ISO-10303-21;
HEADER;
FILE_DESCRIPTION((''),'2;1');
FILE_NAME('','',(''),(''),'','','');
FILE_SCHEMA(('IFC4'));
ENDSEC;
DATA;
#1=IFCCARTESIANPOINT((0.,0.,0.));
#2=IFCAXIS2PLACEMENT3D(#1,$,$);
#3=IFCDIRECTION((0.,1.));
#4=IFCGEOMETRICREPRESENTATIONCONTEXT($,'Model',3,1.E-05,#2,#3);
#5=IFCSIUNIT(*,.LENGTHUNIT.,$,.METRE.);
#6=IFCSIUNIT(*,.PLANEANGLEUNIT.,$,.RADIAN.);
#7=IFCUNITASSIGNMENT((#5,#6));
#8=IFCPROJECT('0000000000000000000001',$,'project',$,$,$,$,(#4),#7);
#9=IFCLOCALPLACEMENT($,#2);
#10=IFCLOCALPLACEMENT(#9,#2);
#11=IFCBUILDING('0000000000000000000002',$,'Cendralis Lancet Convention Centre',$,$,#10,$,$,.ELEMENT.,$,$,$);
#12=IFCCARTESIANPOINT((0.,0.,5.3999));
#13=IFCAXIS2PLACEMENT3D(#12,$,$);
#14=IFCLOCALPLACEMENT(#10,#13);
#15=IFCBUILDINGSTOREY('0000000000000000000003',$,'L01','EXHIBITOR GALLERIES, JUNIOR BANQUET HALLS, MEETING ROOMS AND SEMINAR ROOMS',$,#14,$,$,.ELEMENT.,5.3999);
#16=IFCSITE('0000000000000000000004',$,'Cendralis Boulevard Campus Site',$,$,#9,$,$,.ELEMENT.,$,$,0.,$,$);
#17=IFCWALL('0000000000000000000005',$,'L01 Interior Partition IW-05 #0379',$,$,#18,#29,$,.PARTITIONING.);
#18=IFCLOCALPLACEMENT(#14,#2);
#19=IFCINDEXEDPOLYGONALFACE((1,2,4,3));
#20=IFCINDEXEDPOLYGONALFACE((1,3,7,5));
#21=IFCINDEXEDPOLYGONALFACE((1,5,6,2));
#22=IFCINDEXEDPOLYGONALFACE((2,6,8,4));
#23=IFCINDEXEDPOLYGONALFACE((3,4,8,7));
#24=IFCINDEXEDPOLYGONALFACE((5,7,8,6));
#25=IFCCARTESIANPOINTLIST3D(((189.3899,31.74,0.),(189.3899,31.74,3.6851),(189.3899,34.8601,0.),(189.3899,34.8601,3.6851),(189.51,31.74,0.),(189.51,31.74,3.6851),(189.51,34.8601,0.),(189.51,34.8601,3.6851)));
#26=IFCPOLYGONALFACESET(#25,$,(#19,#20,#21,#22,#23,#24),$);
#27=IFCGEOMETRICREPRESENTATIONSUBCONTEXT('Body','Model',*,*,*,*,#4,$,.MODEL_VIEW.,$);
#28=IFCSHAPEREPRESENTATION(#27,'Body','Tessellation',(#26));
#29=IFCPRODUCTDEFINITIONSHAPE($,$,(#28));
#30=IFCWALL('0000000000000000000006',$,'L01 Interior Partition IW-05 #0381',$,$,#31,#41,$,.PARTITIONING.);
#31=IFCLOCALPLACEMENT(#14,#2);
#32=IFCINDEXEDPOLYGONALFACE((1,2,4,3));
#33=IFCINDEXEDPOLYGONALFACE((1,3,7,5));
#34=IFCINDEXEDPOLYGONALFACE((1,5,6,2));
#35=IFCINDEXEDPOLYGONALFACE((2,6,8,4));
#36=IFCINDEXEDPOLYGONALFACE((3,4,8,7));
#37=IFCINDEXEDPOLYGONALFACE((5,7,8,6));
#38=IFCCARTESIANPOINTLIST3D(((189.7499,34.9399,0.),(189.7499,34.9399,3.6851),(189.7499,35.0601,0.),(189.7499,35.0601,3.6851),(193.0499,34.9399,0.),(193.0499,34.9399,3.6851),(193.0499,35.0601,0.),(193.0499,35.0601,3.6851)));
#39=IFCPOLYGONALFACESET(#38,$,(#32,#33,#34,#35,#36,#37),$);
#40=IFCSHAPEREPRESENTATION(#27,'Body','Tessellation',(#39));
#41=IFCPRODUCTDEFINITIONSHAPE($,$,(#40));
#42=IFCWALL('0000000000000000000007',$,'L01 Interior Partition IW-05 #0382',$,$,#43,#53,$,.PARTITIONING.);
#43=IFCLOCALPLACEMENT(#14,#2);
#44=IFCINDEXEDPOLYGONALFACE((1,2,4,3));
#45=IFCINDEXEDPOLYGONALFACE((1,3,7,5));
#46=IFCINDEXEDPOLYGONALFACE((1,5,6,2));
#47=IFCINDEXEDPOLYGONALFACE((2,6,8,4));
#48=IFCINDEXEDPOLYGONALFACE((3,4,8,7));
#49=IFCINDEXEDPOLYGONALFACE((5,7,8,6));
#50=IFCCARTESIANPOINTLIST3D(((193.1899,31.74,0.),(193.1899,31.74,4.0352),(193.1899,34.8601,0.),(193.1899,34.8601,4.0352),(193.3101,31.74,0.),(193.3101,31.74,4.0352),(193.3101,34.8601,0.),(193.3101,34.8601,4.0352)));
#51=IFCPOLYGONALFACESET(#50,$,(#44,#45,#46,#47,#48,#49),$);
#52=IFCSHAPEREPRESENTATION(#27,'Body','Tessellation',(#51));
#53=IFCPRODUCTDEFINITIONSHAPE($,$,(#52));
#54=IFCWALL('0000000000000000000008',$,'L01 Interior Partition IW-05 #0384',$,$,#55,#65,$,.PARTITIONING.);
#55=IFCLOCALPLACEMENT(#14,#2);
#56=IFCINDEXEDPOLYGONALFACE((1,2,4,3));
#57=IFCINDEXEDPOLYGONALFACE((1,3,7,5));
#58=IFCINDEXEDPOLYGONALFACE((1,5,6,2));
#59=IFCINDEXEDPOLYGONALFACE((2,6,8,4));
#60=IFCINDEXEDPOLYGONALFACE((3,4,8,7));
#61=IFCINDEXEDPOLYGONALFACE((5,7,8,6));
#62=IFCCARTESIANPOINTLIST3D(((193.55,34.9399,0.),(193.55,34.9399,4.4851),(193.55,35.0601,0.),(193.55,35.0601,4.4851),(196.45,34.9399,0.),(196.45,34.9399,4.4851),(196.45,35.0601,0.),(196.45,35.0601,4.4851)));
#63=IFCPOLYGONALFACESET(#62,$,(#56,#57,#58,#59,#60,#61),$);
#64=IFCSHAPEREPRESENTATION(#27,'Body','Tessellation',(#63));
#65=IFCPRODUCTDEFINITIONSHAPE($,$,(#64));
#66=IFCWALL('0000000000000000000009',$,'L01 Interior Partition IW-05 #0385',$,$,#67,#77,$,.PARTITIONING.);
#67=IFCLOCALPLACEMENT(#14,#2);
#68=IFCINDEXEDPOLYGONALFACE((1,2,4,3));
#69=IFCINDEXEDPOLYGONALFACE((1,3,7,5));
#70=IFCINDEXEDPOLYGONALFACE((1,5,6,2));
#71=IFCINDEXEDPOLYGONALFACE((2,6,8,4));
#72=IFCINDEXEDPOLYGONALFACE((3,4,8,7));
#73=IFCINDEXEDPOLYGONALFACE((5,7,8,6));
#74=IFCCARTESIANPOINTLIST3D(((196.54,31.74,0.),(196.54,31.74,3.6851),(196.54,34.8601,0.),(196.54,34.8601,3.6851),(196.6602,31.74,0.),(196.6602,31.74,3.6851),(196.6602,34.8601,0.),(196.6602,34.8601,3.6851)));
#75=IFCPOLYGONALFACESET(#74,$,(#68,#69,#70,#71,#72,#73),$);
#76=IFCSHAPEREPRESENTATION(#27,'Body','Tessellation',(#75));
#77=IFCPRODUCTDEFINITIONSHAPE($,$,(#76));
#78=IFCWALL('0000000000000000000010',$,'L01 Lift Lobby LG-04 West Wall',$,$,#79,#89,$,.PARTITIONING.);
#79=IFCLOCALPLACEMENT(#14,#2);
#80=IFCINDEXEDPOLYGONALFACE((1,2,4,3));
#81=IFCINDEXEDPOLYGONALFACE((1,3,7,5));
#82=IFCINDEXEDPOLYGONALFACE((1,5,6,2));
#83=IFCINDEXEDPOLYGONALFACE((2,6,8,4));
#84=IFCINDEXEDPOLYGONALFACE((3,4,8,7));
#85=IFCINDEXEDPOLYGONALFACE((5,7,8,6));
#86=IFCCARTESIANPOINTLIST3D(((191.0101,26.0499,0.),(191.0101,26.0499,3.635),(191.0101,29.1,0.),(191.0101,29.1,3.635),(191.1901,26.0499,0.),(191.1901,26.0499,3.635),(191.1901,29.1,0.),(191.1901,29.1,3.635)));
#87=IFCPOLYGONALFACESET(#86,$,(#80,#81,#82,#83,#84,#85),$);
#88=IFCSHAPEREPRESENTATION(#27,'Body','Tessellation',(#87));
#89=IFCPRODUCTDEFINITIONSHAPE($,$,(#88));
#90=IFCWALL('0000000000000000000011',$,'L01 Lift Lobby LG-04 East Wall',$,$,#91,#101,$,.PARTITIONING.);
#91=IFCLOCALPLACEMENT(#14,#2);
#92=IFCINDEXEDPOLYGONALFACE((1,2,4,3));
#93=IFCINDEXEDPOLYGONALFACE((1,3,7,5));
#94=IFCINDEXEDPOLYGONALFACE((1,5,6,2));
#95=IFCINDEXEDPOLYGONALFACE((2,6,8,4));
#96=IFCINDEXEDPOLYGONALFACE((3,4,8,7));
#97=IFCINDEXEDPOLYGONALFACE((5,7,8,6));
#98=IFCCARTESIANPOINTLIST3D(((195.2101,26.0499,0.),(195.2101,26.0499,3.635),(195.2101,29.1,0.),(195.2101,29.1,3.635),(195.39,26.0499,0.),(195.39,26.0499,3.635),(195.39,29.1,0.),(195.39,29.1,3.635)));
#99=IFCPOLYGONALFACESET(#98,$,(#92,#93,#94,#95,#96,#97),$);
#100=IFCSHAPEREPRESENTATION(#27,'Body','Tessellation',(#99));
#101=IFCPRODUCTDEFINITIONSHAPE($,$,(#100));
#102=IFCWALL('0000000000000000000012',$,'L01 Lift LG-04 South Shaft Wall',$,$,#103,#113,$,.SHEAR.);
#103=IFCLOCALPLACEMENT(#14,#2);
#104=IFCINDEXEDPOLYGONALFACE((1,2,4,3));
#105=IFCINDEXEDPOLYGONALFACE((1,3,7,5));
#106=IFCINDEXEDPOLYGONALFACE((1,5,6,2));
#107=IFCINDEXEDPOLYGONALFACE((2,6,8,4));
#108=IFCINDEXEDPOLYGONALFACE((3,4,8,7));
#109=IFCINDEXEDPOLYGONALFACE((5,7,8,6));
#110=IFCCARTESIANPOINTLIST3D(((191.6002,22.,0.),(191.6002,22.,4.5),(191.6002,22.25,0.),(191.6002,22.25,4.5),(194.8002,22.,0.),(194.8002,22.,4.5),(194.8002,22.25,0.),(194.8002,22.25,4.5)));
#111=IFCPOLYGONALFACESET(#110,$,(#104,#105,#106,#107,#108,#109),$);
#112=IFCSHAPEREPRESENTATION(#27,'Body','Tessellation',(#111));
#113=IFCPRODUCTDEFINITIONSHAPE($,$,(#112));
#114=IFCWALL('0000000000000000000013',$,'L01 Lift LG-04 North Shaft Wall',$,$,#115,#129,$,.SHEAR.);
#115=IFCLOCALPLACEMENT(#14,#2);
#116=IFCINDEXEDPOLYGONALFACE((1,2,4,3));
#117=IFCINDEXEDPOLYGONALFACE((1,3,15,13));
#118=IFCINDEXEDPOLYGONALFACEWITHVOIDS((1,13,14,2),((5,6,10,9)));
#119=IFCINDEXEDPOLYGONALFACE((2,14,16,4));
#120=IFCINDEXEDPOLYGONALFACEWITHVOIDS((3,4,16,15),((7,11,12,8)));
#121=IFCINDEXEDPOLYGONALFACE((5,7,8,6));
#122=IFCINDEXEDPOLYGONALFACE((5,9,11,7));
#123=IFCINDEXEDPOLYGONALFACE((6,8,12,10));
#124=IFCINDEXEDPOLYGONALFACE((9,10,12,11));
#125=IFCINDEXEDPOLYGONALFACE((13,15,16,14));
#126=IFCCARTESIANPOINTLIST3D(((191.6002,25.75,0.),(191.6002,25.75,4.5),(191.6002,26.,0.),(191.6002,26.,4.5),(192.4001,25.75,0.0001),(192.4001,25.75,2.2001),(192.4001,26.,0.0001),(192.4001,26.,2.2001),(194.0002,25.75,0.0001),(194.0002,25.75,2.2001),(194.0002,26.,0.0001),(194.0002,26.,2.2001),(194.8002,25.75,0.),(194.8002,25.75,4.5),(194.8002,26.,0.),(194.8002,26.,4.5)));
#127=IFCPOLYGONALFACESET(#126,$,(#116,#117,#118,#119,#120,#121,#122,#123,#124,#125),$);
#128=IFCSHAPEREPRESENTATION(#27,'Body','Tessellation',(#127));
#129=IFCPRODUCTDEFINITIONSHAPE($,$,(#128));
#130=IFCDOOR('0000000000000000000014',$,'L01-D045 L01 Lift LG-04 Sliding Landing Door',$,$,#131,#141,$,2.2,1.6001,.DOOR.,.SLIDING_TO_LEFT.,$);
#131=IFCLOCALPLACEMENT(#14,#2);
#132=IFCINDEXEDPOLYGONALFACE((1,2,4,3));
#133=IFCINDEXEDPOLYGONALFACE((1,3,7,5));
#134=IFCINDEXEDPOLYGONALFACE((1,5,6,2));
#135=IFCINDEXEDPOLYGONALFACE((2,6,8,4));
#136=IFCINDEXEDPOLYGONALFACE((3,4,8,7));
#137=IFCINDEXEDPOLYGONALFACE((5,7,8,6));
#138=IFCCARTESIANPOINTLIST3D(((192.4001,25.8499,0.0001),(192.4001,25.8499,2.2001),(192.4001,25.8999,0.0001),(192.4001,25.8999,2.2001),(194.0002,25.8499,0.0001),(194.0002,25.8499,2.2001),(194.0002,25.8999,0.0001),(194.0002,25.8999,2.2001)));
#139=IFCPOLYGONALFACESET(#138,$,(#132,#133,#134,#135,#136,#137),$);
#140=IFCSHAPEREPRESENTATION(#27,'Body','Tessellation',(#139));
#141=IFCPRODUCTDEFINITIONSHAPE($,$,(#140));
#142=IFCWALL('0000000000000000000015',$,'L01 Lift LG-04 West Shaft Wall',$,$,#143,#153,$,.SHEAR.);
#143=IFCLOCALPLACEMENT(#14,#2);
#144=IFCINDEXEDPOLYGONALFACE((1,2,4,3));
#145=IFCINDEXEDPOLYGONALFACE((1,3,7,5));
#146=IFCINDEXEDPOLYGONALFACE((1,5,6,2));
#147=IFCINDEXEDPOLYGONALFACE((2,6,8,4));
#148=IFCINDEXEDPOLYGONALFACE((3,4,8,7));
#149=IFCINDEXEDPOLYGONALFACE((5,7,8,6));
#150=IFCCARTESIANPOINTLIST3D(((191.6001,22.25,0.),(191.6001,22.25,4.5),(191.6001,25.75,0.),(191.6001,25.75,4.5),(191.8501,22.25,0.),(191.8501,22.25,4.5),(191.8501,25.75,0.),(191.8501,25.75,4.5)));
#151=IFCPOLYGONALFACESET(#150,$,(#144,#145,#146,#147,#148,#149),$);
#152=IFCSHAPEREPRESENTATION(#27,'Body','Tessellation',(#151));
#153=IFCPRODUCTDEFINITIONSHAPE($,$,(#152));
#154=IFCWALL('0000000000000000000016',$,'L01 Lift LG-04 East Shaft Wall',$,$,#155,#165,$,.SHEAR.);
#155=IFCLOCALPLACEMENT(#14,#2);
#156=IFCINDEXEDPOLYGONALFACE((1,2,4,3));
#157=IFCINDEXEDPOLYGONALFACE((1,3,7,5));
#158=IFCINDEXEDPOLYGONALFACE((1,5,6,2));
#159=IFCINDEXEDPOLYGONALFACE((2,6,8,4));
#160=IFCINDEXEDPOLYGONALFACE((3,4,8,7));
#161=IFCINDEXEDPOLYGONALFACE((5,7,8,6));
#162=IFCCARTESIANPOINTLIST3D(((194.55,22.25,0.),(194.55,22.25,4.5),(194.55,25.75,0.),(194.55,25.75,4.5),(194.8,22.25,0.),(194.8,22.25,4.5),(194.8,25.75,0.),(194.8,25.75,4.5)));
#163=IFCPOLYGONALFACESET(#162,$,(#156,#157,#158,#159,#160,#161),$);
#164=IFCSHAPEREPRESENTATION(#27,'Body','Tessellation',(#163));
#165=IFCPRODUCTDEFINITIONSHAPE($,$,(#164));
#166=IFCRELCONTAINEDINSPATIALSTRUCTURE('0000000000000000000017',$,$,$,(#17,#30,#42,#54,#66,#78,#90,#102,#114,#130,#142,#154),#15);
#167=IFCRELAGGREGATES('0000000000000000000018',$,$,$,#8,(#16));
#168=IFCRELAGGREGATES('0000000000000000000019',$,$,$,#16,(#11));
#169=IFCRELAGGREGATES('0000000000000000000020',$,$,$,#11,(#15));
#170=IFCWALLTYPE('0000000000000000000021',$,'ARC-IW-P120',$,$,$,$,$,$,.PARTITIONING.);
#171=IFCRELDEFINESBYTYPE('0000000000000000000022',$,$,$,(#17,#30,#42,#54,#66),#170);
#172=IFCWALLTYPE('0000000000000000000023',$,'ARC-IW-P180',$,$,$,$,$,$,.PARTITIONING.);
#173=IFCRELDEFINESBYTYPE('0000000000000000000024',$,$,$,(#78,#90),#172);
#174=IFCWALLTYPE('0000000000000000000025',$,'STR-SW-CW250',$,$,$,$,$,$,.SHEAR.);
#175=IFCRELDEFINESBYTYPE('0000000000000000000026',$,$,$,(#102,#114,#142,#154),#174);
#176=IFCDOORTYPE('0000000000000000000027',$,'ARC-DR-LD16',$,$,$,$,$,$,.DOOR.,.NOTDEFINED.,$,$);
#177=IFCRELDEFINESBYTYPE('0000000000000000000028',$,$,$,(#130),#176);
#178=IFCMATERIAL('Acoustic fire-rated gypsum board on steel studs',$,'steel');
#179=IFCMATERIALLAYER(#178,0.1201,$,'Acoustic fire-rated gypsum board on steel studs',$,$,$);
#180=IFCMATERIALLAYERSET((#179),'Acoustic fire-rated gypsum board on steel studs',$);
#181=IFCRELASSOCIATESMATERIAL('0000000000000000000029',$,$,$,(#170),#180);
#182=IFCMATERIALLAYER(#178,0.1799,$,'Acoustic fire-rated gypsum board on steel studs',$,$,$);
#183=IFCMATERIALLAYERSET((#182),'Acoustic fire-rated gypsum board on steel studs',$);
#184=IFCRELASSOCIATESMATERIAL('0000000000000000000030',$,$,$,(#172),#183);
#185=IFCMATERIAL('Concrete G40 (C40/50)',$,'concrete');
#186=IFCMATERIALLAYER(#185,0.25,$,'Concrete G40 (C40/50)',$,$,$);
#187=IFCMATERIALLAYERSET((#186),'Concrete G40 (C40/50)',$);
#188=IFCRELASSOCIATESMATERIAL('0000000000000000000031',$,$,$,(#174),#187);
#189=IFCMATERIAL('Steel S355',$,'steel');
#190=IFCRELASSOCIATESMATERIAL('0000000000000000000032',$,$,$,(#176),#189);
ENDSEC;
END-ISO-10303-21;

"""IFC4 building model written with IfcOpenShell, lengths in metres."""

from ifc_helpers import new_model, si_unit, direction, frame, frame_2d, origin, place, context, subcontext, project, spatial, rectangle, extrude, material, layer, layer_set, type_object, element, fill, save


model = new_model("IFC4")

# Units and contexts
model_context = context("Model", 3, precision=1e-05, world=origin(), true_north=direction((0.0, 1.0)))
body_context = subcontext(model_context, "Body", "Model", "MODEL_VIEW")
ifc_project = project(units=[si_unit("LENGTHUNIT", "METRE"), si_unit("PLANEANGLEUNIT", "RADIAN")], contexts=[model_context])

# Site, building, storey
site_placement = place(None, origin())
site = spatial("IfcSite", under=ifc_project, at=site_placement, Name="Cendralis Boulevard Campus Site", CompositionType="ELEMENT", RefElevation=0.0)
building_placement = place(site_placement, origin())
building = spatial("IfcBuilding", under=site, at=building_placement, Name="Cendralis Lancet Convention Centre", CompositionType="ELEMENT")
storey_placement = place(building_placement, frame((0.0, 0.0, 5.3999)))
storey = spatial("IfcBuildingStorey", under=building, at=storey_placement, Name="L01", Description="EXHIBITOR GALLERIES, JUNIOR BANQUET HALLS, MEETING ROOMS AND SEMINAR ROOMS", CompositionType="ELEMENT", Elevation=5.3999)

# Shared definitions
ifc_material_1 = material(Name="Concrete G40 (C40/50)", Category="concrete")

# Shared definitions
ifc_material_2 = material(Name="Steel S355", Category="steel")

# Wall
ifc_material_3 = material(Name="Acoustic fire-rated gypsum board on steel studs", Category="steel")
ifc_layer_1 = layer(ifc_material_3, 0.1201, Name="Acoustic fire-rated gypsum board on steel studs")
ifc_layer_set_1 = layer_set([ifc_layer_1], Name="Acoustic fire-rated gypsum board on steel studs")
wall_type_1 = type_object("IfcWallType", Name="ARC-IW-P120", PredefinedType="PARTITIONING", material=ifc_layer_set_1)
wall_1_placement = place(storey_placement, frame((189.45, 31.74, 0.0), z_axis=(0.0, 0.0, 1.0), x_axis=(0.0, 1.0, 0.0)))
element("IfcWall", 1, at=wall_1_placement, inside=storey, type_object=wall_type_1, Name="L01 Interior Partition IW-05 #0379", PredefinedType="PARTITIONING", context=body_context, shape_type="SweptSolid", body=[
    extrude(rectangle(XDim=3.1201, YDim=0.1201, at=frame_2d((1.5601, 0.0))), origin(), (0.0, 0.0, 1.0), 3.6851),
])

# Walls
wall_2_placement = place(storey_placement, frame((189.75, 35.0, 0.0), z_axis=(0.0, 0.0, 1.0), x_axis=(1.0, 0.0, 0.0)))
element("IfcWall", 2, at=wall_2_placement, inside=storey, type_object=wall_type_1, Name="L01 Interior Partition IW-05 #0381", PredefinedType="PARTITIONING", context=body_context, shape_type="SweptSolid", body=[
    extrude(rectangle(XDim=3.3, YDim=0.1201, at=frame_2d((1.6499, 0.0))), origin(), (0.0, 0.0, 1.0), 3.6851),
])
wall_3_placement = place(storey_placement, frame((193.25, 31.74, 0.0), z_axis=(0.0, 0.0, 1.0), x_axis=(0.0, 1.0, 0.0)))
element("IfcWall", 3, at=wall_3_placement, inside=storey, type_object=wall_type_1, Name="L01 Interior Partition IW-05 #0382", PredefinedType="PARTITIONING", context=body_context, shape_type="SweptSolid", body=[
    extrude(rectangle(XDim=3.1201, YDim=0.1201, at=frame_2d((1.5601, 0.0))), origin(), (0.0, 0.0, 1.0), 4.0352),
])

# Walls
wall_4_placement = place(storey_placement, frame((193.55, 35.0, 0.0), z_axis=(0.0, 0.0, 1.0), x_axis=(1.0, 0.0, 0.0)))
element("IfcWall", 4, at=wall_4_placement, inside=storey, type_object=wall_type_1, Name="L01 Interior Partition IW-05 #0384", PredefinedType="PARTITIONING", context=body_context, shape_type="SweptSolid", body=[
    extrude(rectangle(XDim=2.8999, YDim=0.1201, at=frame_2d((1.45, 0.0))), origin(), (0.0, 0.0, 1.0), 4.4851),
])
wall_5_placement = place(storey_placement, frame((196.6001, 31.74, 0.0), z_axis=(0.0, 0.0, 1.0), x_axis=(0.0, 1.0, 0.0)))
element("IfcWall", 5, at=wall_5_placement, inside=storey, type_object=wall_type_1, Name="L01 Interior Partition IW-05 #0385", PredefinedType="PARTITIONING", context=body_context, shape_type="SweptSolid", body=[
    extrude(rectangle(XDim=3.1201, YDim=0.1201, at=frame_2d((1.5601, 0.0))), origin(), (0.0, 0.0, 1.0), 3.6851),
])

# Shared definitions
ifc_layer_2 = layer(ifc_material_3, 0.1799, Name="Acoustic fire-rated gypsum board on steel studs")
ifc_layer_set_2 = layer_set([ifc_layer_2], Name="Acoustic fire-rated gypsum board on steel studs")
wall_type_2 = type_object("IfcWallType", Name="ARC-IW-P180", PredefinedType="PARTITIONING", material=ifc_layer_set_2)

# Walls
for number, where, z_axis, x_axis, name in (
    (6, (191.1001, 26.05, 0.0), (0.0, 0.0, 1.0), (0.0, 1.0, 0.0), "L01 Lift Lobby LG-04 West Wall"),
    (7, (195.3, 26.05, 0.0), (0.0, 0.0, 1.0), (0.0, 1.0, 0.0), "L01 Lift Lobby LG-04 East Wall"),
):
    element("IfcWall", number, at=place(storey_placement, frame(where, z_axis=z_axis, x_axis=x_axis)), inside=storey, type_object=wall_type_2, Name=name, PredefinedType="PARTITIONING", context=body_context, shape_type="SweptSolid", body=[
        extrude(rectangle(XDim=3.05, YDim=0.1799, at=frame_2d((1.5249, 0.0))), origin(), (0.0, 0.0, 1.0), 3.635),
    ])
ifc_layer_3 = layer(ifc_material_1, 0.25, Name="Concrete G40 (C40/50)")
ifc_layer_set_3 = layer_set([ifc_layer_3], Name="Concrete G40 (C40/50)")
wall_type_3 = type_object("IfcWallType", Name="STR-SW-CW250", PredefinedType="SHEAR", material=ifc_layer_set_3)
wall_6_placement = place(storey_placement, frame((191.6001, 22.125, 0.0), z_axis=(0.0, 0.0, 1.0), x_axis=(1.0, 0.0, 0.0)))
element("IfcWall", 8, at=wall_6_placement, inside=storey, type_object=wall_type_3, Name="L01 Lift LG-04 South Shaft Wall", PredefinedType="SHEAR", context=body_context, shape_type="SweptSolid", body=[
    extrude(rectangle(XDim=3.2, YDim=0.25, at=frame_2d((1.6001, 0.0))), origin(), (0.0, 0.0, 1.0), 4.5),
])

# Wall, opening, door
wall_7_placement = place(storey_placement, frame((191.6001, 25.875, 0.0), z_axis=(0.0, 0.0, 1.0), x_axis=(1.0, 0.0, 0.0)))
wall_7 = element("IfcWall", 9, at=wall_7_placement, inside=storey, type_object=wall_type_3, Name="L01 Lift LG-04 North Shaft Wall", PredefinedType="SHEAR", context=body_context, shape_type="SweptSolid", body=[
    extrude(rectangle(XDim=3.2, YDim=0.25, at=frame_2d((1.6001, 0.0))), origin(), (0.0, 0.0, 1.0), 4.5),
])
opening_1_placement = place(wall_7_placement, frame((0.8, 0.0, 0.0)))
opening_1 = element("IfcOpeningElement", 10, at=opening_1_placement, cuts=wall_7, PredefinedType="OPENING", context=body_context, shape_type="SweptSolid", body=[
    extrude(rectangle(XDim=1.6001, YDim=2.2, at=frame_2d((0.8, 1.1001))), frame((0.0, 0.135, 0.0), z_axis=(0.0, -1.0, 0.0), x_axis=(1.0, 0.0, 0.0)), (0.0, 0.0, 1.0), 0.27),
])
door_type_1 = type_object("IfcDoorType", Name="ARC-DR-LD16", OperationType="NOTDEFINED", PredefinedType="DOOR", material=ifc_material_2)
door_1_placement = place(opening_1_placement, origin())
door_1 = element("IfcDoor", 11, at=door_1_placement, inside=storey, type_object=door_type_1, Name="L01-D045 L01 Lift LG-04 Sliding Landing Door", OperationType="SLIDING_TO_LEFT", OverallHeight=2.2, OverallWidth=1.6001, PredefinedType="DOOR", context=body_context, shape_type="SweptSolid", body=[
    extrude(rectangle(XDim=1.6001, YDim=2.2, at=frame_2d((0.8, 1.1001))), frame((0.0, 0.0249, 0.0), z_axis=(0.0, -1.0, 0.0), x_axis=(1.0, 0.0, 0.0)), (0.0, 0.0, 1.0), 0.05),
])
fill(opening_1, door_1)

# Walls
for number, where, z_axis, x_axis, name in (
    (12, (191.7251, 22.25, 0.0), (0.0, 0.0, 1.0), (0.0, 1.0, 0.0), "L01 Lift LG-04 West Shaft Wall"),
    (13, (194.675, 22.25, 0.0), (0.0, 0.0, 1.0), (0.0, 1.0, 0.0), "L01 Lift LG-04 East Shaft Wall"),
):
    element("IfcWall", number, at=place(storey_placement, frame(where, z_axis=z_axis, x_axis=x_axis)), inside=storey, type_object=wall_type_3, Name=name, PredefinedType="SHEAR", context=body_context, shape_type="SweptSolid", body=[
        extrude(rectangle(XDim=3.5, YDim=0.25, at=frame_2d((1.75, 0.0))), origin(), (0.0, 0.0, 1.0), 4.5),
    ])

save(model, "model.ifc")
